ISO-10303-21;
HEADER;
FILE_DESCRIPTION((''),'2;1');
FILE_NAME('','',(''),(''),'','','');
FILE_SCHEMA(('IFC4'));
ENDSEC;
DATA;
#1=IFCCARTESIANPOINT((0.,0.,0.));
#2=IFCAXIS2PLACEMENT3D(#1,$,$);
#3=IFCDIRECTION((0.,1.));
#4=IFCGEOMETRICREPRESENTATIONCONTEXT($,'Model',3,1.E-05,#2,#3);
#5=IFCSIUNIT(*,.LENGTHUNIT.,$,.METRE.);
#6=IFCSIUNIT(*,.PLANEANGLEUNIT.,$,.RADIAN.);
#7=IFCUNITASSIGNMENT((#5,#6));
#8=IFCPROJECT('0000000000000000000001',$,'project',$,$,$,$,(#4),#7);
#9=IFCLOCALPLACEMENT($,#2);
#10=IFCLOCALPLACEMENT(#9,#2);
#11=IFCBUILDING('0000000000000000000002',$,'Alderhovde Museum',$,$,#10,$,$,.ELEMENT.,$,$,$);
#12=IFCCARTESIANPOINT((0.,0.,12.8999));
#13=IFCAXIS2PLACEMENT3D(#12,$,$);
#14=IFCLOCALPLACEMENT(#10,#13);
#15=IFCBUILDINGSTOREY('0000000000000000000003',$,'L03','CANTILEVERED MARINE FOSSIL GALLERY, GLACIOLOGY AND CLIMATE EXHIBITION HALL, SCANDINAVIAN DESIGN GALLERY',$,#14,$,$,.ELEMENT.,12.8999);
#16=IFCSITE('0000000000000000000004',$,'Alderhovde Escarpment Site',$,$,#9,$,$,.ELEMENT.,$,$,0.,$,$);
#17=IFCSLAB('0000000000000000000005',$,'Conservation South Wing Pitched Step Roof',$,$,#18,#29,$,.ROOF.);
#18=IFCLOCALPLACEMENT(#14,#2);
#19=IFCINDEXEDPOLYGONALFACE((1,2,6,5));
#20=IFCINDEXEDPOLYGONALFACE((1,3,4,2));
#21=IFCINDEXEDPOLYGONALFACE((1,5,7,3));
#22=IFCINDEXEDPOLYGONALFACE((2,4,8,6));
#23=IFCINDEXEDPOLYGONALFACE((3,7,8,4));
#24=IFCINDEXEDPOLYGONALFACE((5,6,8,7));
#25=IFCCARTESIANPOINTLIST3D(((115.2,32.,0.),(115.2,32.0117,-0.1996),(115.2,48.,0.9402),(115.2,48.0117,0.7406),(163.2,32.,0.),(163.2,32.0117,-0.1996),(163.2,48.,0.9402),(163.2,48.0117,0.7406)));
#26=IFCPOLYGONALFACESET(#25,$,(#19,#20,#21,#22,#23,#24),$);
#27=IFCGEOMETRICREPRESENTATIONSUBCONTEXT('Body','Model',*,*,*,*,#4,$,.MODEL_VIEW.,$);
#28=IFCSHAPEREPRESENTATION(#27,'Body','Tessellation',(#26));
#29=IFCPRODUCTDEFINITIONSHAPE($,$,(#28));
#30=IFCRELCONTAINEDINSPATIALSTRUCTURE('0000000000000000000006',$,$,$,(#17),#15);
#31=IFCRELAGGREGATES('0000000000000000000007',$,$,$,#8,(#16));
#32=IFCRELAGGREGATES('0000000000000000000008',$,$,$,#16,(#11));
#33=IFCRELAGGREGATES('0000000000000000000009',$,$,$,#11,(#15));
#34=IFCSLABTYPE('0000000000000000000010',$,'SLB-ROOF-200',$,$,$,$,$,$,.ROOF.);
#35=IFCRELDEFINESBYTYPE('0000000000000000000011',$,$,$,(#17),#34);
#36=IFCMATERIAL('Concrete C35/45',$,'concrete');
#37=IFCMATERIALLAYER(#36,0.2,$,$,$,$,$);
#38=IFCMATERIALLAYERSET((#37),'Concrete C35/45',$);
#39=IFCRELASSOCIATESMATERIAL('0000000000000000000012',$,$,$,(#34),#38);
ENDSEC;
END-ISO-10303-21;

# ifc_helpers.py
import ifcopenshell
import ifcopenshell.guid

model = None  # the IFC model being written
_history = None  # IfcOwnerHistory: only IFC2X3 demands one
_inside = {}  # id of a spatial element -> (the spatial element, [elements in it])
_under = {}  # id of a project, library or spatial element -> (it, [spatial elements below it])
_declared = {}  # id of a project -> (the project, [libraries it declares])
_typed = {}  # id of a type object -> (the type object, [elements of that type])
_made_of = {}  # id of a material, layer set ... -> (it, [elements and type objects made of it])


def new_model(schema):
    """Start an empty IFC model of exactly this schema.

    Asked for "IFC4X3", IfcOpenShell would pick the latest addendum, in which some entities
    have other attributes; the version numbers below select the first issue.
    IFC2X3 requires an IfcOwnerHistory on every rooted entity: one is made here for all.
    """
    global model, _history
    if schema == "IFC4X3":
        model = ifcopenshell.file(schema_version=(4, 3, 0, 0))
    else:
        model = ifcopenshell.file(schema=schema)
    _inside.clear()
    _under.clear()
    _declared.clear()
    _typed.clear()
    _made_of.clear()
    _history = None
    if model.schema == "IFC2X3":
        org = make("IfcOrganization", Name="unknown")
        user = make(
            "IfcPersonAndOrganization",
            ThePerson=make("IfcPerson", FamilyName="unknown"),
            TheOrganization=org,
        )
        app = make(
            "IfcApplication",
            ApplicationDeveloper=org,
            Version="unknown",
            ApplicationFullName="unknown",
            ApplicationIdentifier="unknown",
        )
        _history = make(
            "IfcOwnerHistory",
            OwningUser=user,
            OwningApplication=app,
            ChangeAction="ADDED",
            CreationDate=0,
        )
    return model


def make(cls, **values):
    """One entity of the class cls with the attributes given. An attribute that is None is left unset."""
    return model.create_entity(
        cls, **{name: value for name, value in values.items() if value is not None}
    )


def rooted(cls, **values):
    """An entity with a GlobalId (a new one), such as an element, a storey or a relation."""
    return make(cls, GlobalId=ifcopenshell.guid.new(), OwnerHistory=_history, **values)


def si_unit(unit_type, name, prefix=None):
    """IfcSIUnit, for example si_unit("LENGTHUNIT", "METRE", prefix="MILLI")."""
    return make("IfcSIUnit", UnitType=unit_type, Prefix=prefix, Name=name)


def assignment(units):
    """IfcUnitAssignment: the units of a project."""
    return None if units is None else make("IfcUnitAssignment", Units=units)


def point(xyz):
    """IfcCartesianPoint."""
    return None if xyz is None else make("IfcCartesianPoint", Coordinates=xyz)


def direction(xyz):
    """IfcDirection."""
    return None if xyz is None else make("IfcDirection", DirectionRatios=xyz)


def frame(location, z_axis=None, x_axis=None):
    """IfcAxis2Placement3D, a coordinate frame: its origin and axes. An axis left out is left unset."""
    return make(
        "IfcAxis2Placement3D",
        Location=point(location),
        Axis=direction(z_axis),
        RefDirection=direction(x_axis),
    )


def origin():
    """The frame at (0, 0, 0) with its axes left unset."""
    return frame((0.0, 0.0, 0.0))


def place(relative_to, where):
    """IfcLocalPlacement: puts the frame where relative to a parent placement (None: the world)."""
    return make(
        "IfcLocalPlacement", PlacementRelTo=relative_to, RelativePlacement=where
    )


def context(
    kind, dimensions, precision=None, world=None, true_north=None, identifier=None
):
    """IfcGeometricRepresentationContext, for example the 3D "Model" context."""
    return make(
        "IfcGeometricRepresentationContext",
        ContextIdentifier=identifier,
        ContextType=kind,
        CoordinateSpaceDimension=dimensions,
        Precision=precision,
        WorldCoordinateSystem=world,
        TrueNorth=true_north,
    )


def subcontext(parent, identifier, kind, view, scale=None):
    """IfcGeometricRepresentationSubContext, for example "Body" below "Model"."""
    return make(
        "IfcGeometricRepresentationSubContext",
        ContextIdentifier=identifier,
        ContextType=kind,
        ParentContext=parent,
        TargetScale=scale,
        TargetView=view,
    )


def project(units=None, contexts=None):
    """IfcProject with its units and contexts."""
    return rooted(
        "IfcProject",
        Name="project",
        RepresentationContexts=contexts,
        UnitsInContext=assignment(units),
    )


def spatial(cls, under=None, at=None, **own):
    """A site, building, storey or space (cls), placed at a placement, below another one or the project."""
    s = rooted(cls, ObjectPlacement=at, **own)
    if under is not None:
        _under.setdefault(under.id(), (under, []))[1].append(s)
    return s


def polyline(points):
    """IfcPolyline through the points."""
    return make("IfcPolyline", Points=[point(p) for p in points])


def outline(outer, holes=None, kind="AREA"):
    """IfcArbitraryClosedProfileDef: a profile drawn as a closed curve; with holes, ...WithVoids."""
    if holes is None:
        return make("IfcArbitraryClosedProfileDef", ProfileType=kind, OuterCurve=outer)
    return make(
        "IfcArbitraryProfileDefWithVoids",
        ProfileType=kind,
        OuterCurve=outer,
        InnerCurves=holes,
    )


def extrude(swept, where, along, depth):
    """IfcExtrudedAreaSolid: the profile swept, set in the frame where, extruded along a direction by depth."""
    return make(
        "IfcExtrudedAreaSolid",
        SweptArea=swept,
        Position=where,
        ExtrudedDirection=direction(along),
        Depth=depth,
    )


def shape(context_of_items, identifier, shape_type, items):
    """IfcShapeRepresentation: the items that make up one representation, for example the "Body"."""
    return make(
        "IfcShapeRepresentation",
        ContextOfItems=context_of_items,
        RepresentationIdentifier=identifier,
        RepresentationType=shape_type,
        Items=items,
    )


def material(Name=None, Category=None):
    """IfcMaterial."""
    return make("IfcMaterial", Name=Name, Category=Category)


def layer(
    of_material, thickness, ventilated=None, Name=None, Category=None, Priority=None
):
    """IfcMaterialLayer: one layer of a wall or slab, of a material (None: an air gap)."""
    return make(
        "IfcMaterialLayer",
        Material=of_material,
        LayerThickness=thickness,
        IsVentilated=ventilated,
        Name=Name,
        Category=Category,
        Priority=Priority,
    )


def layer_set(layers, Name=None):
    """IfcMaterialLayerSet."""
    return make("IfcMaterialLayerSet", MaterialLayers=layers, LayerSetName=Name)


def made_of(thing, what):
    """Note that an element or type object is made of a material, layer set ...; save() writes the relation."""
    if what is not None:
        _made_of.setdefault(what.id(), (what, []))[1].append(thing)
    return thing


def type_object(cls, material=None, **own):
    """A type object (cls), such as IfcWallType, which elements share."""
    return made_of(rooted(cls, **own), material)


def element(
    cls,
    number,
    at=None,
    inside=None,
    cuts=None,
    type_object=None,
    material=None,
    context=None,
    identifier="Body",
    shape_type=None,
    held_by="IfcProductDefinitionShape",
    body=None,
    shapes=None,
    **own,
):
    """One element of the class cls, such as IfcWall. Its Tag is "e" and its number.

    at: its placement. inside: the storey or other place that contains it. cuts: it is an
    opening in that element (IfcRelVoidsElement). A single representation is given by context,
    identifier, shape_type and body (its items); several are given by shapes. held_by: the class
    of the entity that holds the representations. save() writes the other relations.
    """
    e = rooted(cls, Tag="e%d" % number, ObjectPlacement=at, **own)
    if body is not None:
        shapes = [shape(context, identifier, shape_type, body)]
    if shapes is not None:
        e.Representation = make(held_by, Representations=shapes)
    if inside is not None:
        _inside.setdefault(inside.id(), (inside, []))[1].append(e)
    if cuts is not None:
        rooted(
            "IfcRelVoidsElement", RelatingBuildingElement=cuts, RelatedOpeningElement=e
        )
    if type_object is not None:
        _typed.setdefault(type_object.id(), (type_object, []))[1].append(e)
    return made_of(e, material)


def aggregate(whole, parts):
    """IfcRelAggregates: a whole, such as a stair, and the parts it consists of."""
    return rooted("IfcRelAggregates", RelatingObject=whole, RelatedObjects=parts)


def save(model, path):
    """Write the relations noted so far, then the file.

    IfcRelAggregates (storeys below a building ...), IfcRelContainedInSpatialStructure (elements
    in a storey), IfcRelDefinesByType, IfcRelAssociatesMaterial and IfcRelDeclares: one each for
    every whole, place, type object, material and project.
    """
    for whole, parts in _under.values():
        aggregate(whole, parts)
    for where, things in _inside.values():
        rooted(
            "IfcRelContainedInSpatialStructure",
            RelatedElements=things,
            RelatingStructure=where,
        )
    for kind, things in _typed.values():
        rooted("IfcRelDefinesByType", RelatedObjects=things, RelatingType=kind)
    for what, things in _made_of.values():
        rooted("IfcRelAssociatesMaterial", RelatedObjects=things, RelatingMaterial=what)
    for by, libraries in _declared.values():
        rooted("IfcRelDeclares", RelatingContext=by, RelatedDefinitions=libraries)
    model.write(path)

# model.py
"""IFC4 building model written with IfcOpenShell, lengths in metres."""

from ifc_helpers import new_model, si_unit, direction, frame, origin, place, context, subcontext, project, spatial, polyline, outline, extrude, material, layer, layer_set, type_object, element, save


model = new_model("IFC4")

# Units and contexts
model_context = context("Model", 3, precision=1e-05, world=origin(), true_north=direction((0.0, 1.0)))
body_context = subcontext(model_context, "Body", "Model", "MODEL_VIEW")
ifc_project = project(units=[si_unit("LENGTHUNIT", "METRE"), si_unit("PLANEANGLEUNIT", "RADIAN")], contexts=[model_context])

# Site, building, storey
site_placement = place(None, origin())
site = spatial("IfcSite", under=ifc_project, at=site_placement, Name="Alderhovde Escarpment Site", CompositionType="ELEMENT", RefElevation=0.0)
building_placement = place(site_placement, origin())
building = spatial("IfcBuilding", under=site, at=building_placement, Name="Alderhovde Museum", CompositionType="ELEMENT")
storey_placement = place(building_placement, frame((0.0, 0.0, 12.8999)))
storey = spatial("IfcBuildingStorey", under=building, at=storey_placement, Name="L03", Description="CANTILEVERED MARINE FOSSIL GALLERY, GLACIOLOGY AND CLIMATE EXHIBITION HALL, SCANDINAVIAN DESIGN GALLERY", CompositionType="ELEMENT", Elevation=12.8999)

# Slab
ifc_material_1 = material(Name="Concrete C35/45", Category="concrete")
ifc_layer_1 = layer(ifc_material_1, 0.2)
ifc_layer_set_1 = layer_set([ifc_layer_1], Name="Concrete C35/45")
slab_type = type_object("IfcSlabType", Name="SLB-ROOF-200", PredefinedType="ROOF", material=ifc_layer_set_1)
slab_placement = place(storey_placement, frame((115.2, 32.0, 0.0), z_axis=(0.0, -0.05866, 0.998278), x_axis=(1.0, 0.0, 0.0)))
element("IfcSlab", 1, at=slab_placement, inside=storey, type_object=slab_type, Name="Conservation South Wing Pitched Step Roof", PredefinedType="ROOF", context=body_context, shape_type="SweptSolid", body=[
    extrude(outline(polyline([(0.0, 0.0), (48.0, 0.0), (48.0, 16.0276), (0.0, 16.0276), (0.0, 0.0)])), origin(), (0.0, 0.0, -1.0), 0.2),
])

save(model, "model.ifc")
